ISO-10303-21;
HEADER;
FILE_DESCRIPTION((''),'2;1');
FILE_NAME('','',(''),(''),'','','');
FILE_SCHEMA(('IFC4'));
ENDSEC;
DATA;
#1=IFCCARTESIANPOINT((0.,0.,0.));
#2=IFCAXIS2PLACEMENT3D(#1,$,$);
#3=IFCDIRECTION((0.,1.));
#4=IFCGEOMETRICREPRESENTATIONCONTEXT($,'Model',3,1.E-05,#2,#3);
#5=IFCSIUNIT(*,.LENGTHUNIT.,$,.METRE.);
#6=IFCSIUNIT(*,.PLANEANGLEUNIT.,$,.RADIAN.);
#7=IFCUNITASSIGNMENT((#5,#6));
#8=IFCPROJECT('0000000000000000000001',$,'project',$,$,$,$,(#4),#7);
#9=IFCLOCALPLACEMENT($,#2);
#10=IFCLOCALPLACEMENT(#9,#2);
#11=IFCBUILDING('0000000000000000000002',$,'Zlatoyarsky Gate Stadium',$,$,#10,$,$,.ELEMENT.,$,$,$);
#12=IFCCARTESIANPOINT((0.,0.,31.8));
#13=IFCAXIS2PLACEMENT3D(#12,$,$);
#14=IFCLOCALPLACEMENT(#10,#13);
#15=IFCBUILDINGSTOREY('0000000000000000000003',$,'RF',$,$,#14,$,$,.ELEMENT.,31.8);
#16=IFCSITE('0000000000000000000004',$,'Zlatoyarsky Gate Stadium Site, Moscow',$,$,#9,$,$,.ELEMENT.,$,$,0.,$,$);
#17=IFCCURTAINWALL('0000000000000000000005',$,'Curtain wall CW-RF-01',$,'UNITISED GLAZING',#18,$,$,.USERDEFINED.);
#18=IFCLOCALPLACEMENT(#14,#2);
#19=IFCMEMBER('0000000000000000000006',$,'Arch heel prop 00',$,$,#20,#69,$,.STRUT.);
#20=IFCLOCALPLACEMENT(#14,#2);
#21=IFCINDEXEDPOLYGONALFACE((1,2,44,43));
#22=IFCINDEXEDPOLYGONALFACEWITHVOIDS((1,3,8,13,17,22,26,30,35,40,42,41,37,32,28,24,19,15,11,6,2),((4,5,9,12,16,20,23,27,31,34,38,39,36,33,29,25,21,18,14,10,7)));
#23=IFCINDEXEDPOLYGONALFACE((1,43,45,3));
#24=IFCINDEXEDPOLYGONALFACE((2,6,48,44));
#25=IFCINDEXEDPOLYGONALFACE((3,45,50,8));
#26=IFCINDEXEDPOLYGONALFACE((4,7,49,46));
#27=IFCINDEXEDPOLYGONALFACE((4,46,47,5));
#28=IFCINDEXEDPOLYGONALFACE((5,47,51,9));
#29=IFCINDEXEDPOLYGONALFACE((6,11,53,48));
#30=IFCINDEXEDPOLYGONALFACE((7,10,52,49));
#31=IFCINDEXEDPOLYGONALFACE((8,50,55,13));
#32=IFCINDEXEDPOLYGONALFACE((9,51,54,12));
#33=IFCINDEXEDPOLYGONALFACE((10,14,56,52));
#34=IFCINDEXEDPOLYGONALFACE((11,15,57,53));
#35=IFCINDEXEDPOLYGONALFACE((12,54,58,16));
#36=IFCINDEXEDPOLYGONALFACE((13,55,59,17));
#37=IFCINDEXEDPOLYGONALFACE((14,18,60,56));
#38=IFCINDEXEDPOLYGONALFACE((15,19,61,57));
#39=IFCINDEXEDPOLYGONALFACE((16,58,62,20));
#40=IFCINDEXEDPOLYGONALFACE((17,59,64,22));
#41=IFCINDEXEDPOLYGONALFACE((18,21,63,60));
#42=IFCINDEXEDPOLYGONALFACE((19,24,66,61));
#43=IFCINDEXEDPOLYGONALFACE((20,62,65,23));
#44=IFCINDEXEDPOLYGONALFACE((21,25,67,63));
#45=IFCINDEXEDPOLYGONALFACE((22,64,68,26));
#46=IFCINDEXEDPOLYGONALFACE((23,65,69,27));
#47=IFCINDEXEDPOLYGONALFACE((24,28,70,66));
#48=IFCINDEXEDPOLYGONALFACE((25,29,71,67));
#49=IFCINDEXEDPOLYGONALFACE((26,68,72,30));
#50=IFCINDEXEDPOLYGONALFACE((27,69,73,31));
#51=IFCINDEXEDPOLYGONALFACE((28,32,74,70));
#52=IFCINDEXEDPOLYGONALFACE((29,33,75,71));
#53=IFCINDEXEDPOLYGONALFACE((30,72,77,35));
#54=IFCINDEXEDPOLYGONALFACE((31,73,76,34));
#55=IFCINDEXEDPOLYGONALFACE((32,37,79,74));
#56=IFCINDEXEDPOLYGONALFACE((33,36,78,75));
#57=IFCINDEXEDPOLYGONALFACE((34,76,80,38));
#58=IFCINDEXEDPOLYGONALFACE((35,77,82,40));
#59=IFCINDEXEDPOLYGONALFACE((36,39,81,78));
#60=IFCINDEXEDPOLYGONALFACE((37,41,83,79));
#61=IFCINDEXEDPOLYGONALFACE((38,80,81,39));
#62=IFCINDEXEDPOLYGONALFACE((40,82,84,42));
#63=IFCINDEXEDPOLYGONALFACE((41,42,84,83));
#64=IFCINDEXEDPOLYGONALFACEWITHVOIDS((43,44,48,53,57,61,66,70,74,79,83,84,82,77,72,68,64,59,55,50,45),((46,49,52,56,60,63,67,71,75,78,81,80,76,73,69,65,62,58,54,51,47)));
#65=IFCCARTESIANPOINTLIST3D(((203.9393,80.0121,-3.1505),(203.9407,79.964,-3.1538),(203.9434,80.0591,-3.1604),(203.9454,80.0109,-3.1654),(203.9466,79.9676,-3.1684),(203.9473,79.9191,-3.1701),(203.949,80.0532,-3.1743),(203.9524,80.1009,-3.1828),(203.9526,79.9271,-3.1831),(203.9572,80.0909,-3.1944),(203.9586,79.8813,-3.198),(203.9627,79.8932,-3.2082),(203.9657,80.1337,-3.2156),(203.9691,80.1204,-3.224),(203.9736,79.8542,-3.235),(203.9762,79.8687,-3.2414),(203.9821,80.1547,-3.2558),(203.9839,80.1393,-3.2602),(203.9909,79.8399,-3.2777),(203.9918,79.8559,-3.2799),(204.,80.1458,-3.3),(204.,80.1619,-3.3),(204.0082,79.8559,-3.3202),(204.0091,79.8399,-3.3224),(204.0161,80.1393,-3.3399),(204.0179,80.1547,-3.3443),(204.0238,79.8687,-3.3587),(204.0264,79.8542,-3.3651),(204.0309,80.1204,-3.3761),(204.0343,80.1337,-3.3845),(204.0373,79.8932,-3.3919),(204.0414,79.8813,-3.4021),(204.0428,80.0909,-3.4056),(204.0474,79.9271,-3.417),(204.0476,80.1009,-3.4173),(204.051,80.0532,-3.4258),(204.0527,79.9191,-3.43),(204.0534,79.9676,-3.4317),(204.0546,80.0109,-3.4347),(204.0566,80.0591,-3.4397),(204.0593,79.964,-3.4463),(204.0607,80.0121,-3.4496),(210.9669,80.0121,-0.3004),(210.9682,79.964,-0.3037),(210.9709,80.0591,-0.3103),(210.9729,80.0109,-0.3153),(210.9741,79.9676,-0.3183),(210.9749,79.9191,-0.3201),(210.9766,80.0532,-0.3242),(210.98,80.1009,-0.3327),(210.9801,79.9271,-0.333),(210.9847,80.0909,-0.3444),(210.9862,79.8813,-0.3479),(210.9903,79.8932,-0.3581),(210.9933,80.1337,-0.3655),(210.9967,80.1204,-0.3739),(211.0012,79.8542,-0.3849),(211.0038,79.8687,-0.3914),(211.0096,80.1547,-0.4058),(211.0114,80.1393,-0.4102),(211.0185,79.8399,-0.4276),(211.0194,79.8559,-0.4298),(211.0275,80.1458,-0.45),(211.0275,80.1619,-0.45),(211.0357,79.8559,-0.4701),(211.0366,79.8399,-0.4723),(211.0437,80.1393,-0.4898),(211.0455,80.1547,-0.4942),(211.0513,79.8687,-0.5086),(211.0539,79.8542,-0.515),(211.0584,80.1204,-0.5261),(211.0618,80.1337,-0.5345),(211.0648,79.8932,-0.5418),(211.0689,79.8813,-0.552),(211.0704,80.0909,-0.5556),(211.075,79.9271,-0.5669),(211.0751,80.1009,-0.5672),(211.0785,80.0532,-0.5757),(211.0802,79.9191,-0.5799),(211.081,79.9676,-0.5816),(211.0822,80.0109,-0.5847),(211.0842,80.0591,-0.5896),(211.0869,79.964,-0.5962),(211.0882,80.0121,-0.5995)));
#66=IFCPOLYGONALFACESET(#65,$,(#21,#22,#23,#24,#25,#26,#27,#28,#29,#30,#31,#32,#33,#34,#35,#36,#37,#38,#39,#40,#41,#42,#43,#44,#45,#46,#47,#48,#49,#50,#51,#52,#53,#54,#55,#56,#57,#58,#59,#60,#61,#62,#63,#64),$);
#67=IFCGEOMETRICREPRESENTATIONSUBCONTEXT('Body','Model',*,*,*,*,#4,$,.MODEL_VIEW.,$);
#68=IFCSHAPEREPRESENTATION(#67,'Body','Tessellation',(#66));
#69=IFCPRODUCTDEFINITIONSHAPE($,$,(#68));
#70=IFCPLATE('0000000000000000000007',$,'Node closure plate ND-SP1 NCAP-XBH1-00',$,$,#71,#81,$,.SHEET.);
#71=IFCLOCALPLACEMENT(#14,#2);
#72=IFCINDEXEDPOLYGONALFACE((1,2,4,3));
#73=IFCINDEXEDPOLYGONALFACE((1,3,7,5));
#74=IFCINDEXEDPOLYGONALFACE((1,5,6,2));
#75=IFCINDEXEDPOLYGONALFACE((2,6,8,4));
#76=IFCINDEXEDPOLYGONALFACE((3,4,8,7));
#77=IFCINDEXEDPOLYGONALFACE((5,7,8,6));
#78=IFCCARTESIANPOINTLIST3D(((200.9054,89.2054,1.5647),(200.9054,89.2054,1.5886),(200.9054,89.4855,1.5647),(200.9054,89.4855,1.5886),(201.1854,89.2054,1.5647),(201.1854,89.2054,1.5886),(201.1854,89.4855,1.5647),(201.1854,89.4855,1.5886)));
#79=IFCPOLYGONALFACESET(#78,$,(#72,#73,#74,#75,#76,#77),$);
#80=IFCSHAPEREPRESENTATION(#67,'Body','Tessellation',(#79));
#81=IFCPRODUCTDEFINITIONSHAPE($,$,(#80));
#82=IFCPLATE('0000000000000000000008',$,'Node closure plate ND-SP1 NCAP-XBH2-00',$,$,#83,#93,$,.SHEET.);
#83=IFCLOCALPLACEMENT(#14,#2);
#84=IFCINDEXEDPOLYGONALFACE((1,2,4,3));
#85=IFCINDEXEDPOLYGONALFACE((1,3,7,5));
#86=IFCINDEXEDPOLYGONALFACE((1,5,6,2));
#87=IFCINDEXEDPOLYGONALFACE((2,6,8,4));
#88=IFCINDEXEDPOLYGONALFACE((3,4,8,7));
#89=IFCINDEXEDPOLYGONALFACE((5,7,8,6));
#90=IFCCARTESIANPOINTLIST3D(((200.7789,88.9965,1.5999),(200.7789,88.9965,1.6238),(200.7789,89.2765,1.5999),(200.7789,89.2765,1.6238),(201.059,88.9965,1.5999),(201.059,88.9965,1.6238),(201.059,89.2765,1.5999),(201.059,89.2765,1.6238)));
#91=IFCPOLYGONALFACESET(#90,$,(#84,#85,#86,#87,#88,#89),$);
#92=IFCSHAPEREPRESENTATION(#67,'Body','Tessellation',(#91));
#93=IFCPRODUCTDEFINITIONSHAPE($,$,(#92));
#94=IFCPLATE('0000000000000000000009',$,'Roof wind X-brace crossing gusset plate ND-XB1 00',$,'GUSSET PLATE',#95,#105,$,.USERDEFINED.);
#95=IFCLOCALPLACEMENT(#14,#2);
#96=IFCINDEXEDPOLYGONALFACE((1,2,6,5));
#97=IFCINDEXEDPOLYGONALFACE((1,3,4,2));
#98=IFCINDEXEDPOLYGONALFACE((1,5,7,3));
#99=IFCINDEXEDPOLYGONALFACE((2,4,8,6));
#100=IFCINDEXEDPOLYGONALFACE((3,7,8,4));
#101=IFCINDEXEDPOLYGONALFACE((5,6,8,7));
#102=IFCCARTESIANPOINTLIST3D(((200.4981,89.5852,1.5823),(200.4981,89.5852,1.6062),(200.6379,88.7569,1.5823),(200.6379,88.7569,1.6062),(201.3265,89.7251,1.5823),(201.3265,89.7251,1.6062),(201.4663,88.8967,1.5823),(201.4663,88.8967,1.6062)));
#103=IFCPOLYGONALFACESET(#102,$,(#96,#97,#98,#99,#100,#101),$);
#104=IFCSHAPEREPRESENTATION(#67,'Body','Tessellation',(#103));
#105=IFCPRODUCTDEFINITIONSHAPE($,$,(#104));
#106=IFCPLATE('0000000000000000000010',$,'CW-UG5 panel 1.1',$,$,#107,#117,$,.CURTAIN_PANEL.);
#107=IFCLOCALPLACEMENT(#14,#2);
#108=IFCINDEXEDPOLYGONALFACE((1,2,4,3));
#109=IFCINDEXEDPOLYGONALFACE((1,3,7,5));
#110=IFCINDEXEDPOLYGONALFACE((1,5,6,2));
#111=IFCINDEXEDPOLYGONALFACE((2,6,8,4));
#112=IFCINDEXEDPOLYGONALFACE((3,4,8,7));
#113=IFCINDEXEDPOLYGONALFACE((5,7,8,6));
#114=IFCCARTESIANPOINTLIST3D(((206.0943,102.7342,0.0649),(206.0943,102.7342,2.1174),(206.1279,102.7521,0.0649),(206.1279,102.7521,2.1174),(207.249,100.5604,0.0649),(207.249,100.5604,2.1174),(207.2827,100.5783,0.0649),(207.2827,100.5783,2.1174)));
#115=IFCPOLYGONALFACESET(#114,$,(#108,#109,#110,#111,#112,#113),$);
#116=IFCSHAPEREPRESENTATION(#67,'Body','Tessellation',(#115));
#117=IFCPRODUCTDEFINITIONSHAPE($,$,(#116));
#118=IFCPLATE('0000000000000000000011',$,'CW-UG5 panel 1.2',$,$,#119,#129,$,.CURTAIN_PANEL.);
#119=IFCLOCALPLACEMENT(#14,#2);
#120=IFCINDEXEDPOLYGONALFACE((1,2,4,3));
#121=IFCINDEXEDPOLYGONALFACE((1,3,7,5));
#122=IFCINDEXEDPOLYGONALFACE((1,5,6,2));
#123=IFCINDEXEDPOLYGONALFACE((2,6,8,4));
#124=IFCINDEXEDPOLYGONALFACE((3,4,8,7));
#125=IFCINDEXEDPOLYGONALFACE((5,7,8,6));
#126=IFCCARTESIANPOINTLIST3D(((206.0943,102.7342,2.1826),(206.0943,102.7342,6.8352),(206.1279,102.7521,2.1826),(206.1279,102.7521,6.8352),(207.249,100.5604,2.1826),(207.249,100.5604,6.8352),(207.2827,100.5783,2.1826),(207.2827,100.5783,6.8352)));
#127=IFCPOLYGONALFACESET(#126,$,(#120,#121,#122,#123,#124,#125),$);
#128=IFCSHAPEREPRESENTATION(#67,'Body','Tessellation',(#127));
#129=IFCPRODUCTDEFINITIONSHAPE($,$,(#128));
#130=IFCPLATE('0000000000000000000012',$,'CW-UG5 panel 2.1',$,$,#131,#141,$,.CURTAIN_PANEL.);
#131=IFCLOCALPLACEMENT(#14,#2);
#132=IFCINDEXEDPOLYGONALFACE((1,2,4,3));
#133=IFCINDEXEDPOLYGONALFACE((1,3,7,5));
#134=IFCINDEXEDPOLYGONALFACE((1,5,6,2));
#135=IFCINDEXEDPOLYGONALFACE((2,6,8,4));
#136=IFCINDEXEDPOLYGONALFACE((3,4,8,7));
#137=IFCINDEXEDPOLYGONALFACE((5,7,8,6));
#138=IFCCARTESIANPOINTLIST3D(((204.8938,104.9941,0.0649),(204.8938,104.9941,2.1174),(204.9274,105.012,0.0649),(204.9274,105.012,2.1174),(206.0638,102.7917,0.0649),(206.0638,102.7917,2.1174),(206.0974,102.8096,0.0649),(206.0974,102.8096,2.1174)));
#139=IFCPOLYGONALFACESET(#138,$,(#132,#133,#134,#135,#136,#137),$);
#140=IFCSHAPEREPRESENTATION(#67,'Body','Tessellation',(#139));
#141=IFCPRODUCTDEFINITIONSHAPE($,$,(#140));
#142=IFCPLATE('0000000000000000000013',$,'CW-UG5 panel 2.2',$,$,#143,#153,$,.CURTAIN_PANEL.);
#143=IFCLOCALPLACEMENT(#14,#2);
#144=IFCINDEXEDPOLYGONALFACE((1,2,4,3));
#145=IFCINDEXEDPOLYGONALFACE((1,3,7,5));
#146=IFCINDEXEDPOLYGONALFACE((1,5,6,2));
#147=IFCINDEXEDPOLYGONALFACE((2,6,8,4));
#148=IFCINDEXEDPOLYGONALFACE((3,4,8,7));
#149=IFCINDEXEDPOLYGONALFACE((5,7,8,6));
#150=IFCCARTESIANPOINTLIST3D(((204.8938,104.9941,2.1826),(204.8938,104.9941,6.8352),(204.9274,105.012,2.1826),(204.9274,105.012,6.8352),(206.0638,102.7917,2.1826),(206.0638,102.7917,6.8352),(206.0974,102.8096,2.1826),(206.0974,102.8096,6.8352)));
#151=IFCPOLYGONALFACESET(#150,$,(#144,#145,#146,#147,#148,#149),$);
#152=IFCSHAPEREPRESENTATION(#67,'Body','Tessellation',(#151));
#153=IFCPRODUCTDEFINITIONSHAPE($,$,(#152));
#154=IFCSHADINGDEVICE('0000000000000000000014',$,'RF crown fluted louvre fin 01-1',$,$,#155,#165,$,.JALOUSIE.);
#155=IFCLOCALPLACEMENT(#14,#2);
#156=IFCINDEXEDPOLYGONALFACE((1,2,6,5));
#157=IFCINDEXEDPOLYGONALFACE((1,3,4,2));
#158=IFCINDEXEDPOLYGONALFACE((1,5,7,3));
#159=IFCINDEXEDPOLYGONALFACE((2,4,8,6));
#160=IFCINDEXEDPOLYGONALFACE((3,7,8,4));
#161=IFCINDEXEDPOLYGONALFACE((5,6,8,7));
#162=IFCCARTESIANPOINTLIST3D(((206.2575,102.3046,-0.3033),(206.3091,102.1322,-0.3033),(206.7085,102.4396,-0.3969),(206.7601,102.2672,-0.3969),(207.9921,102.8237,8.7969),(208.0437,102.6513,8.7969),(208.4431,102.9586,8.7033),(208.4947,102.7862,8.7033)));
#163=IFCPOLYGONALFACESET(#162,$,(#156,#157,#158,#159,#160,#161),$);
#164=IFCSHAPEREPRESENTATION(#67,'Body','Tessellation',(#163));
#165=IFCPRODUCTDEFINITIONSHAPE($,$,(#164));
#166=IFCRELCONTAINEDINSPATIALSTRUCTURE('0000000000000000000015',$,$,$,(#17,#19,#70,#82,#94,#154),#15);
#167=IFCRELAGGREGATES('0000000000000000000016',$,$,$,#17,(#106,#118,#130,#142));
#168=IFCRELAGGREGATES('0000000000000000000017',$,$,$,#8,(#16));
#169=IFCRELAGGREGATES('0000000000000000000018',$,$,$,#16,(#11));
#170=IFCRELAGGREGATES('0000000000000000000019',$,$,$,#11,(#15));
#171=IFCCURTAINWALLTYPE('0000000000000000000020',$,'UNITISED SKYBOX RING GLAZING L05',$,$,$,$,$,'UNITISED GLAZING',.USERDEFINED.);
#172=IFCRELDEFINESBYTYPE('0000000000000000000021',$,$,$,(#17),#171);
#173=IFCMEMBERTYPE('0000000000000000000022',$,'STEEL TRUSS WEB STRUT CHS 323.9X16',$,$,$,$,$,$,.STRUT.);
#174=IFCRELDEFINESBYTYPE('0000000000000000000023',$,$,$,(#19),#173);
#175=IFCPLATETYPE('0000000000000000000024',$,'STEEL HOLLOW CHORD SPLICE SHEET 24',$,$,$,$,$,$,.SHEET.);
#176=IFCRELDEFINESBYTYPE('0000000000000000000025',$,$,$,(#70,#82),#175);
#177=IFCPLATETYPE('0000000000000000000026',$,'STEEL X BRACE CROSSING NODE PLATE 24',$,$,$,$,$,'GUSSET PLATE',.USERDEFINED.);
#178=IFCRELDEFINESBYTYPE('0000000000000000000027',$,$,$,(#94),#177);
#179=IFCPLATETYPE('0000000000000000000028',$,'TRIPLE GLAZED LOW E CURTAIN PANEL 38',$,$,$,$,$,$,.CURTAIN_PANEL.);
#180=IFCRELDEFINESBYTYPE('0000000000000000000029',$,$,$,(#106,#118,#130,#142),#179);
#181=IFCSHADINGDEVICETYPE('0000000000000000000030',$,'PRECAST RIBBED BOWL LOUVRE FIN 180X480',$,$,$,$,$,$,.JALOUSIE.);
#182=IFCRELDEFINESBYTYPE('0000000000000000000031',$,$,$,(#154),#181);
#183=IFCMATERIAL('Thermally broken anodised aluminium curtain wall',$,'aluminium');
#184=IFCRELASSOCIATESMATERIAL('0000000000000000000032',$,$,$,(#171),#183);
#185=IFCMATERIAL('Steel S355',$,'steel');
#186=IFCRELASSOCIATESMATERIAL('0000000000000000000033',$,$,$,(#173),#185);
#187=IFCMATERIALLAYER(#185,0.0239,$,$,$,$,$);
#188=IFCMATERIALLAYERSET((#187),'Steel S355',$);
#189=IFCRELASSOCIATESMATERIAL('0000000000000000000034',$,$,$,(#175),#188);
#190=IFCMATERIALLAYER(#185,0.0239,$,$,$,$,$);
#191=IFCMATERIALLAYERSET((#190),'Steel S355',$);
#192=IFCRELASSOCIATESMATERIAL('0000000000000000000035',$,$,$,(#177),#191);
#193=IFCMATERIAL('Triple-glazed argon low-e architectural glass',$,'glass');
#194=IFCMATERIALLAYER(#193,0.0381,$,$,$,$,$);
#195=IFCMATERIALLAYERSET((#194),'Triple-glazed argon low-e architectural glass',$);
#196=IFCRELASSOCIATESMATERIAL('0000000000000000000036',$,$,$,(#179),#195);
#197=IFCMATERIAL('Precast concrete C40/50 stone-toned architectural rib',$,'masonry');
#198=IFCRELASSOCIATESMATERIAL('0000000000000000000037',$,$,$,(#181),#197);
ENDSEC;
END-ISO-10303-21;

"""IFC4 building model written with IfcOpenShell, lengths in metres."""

from ifc_helpers import new_model, si_unit, direction, frame, origin, origin_2d, place, context, subcontext, project, spatial, rectangle, hollow_circle, extrude, material, layer, layer_set, material_profile, profile_set, type_object, element, aggregate, save


model = new_model("IFC4")

# Units and contexts
model_context = context("Model", 3, precision=1e-05, world=origin(), true_north=direction((0.0, 1.0)))
body_context = subcontext(model_context, "Body", "Model", "MODEL_VIEW")
ifc_project = project(units=[si_unit("LENGTHUNIT", "METRE"), si_unit("PLANEANGLEUNIT", "RADIAN")], contexts=[model_context])

# Site, building, storey
site_placement = place(None, origin())
site = spatial("IfcSite", under=ifc_project, at=site_placement, Name="Zlatoyarsky Gate Stadium Site, Moscow", CompositionType="ELEMENT", RefElevation=0.0)
building_placement = place(site_placement, origin())
building = spatial("IfcBuilding", under=site, at=building_placement, Name="Zlatoyarsky Gate Stadium", CompositionType="ELEMENT")
storey_placement = place(building_placement, frame((0.0, 0.0, 31.8)))
storey = spatial("IfcBuildingStorey", under=building, at=storey_placement, Name="RF", CompositionType="ELEMENT", Elevation=31.8)

# Shared definitions
ifc_material_1 = material(Name="Thermally broken anodised aluminium curtain wall", Category="aluminium")

# Curtain wall
curtain_wall_type_1 = type_object("IfcCurtainWallType", Name="UNITISED SKYBOX RING GLAZING L05", ElementType="UNITISED GLAZING", PredefinedType="USERDEFINED", material=ifc_material_1)
curtain_wall_1_placement = place(storey_placement, origin())
curtain_wall_1 = element("IfcCurtainWall", 1, at=curtain_wall_1_placement, inside=storey, type_object=curtain_wall_type_1, Name="Curtain wall CW-RF-01", ObjectType="UNITISED GLAZING", PredefinedType="USERDEFINED")

# Shared definitions
ifc_material_2 = material(Name="Steel S355", Category="steel")

# Member
ifc_material_profile_1 = material_profile(ifc_material_2, hollow_circle(Radius=0.1619, WallThickness=0.0161, at=origin_2d()), Name="CHS 323.9X16")
ifc_profile_set_1 = profile_set([ifc_material_profile_1], Name="Steel S355")
member_type_1 = type_object("IfcMemberType", Name="STEEL TRUSS WEB STRUT CHS 323.9X16", PredefinedType="STRUT", material=ifc_profile_set_1)
member_1_placement = place(storey_placement, frame((204.0, 80.0, -3.3), z_axis=(0.92669, 0.0, 0.375827), x_axis=(0.0, 1.0, 0.0)))
element("IfcMember", 2, at=member_1_placement, inside=storey, type_object=member_type_1, Name="Arch heel prop 00", PredefinedType="STRUT", context=body_context, shape_type="SweptSolid", body=[
    extrude(hollow_circle(Radius=0.1619, WallThickness=0.0161, at=origin_2d()), origin(), (0.0, 0.0, 1.0), 7.5835),
])

# Plates
ifc_layer_1 = layer(ifc_material_2, 0.0239)
ifc_layer_set_1 = layer_set([ifc_layer_1], Name="Steel S355")
plate_type_1 = type_object("IfcPlateType", Name="STEEL HOLLOW CHORD SPLICE SHEET 24", PredefinedType="SHEET", material=ifc_layer_set_1)
for number, where, z_axis, x_axis, name in (
    (3, (201.0454, 89.3455, 1.5647), (0.0, 0.0, 1.0), (1.0, 0.0, 0.0), "Node closure plate ND-SP1 NCAP-XBH1-00"),
    (4, (200.9189, 89.1365, 1.5999), (0.0, 0.0, 1.0), (1.0, 0.0, 0.0), "Node closure plate ND-SP1 NCAP-XBH2-00"),
):
    element("IfcPlate", number, at=place(storey_placement, frame(where, z_axis=z_axis, x_axis=x_axis)), inside=storey, type_object=plate_type_1, Name=name, PredefinedType="SHEET", context=body_context, shape_type="SweptSolid", body=[
        extrude(rectangle(XDim=0.28, YDim=0.28, at=origin_2d()), origin(), (0.0, 0.0, 1.0), 0.0239),
    ])
ifc_layer_2 = layer(ifc_material_2, 0.0239)
ifc_layer_set_2 = layer_set([ifc_layer_2], Name="Steel S355")
plate_type_2 = type_object("IfcPlateType", Name="STEEL X BRACE CROSSING NODE PLATE 24", ElementType="GUSSET PLATE", PredefinedType="USERDEFINED", material=ifc_layer_set_2)
plate_1_placement = place(storey_placement, frame((200.9822, 89.241, 1.5823), z_axis=(0.0, 0.0, 1.0), x_axis=(-0.166425, 0.986054, 0.0)))
element("IfcPlate", 5, at=plate_1_placement, inside=storey, type_object=plate_type_2, Name="Roof wind X-brace crossing gusset plate ND-XB1 00", ObjectType="GUSSET PLATE", PredefinedType="USERDEFINED", context=body_context, shape_type="SweptSolid", body=[
    extrude(rectangle(XDim=0.8401, YDim=0.8401, at=origin_2d()), origin(), (0.0, 0.0, 1.0), 0.0239),
])

# Plates
ifc_material_3 = material(Name="Triple-glazed argon low-e architectural glass", Category="glass")
ifc_layer_3 = layer(ifc_material_3, 0.0381)
ifc_layer_set_3 = layer_set([ifc_layer_3], Name="Triple-glazed argon low-e architectural glass")
plate_type_3 = type_object("IfcPlateType", Name="TRIPLE GLAZED LOW E CURTAIN PANEL 38", PredefinedType="CURTAIN_PANEL", material=ifc_layer_set_3)
plate_2_placement = place(storey_placement, frame((206.6885, 101.6562, 0.0649), z_axis=(0.0, 0.0, 1.0), x_axis=(-0.469127, 0.883131, 0.0)))
plate_2 = element("IfcPlate", 6, at=plate_2_placement, type_object=plate_type_3, Name="CW-UG5 panel 1.1", PredefinedType="CURTAIN_PANEL", context=body_context, shape_type="SweptSolid", body=[
    extrude(rectangle(XDim=2.4614, YDim=0.0381, at=origin_2d()), origin(), (0.0, 0.0, 1.0), 2.0525),
])
plate_3_placement = place(storey_placement, frame((206.6885, 101.6562, 2.1826), z_axis=(0.0, 0.0, 1.0), x_axis=(-0.469127, 0.883131, 0.0)))
plate_3 = element("IfcPlate", 7, at=plate_3_placement, type_object=plate_type_3, Name="CW-UG5 panel 1.2", PredefinedType="CURTAIN_PANEL", context=body_context, shape_type="SweptSolid", body=[
    extrude(rectangle(XDim=2.4614, YDim=0.0381, at=origin_2d()), origin(), (0.0, 0.0, 1.0), 4.6526),
])
plate_4_placement = place(storey_placement, frame((205.4956, 103.9019, 0.0649), z_axis=(0.0, 0.0, 1.0), x_axis=(-0.469127, 0.883131, 0.0)))
plate_4 = element("IfcPlate", 8, at=plate_4_placement, type_object=plate_type_3, Name="CW-UG5 panel 2.1", PredefinedType="CURTAIN_PANEL", context=body_context, shape_type="SweptSolid", body=[
    extrude(rectangle(XDim=2.4939, YDim=0.0381, at=origin_2d()), origin(), (0.0, 0.0, 1.0), 2.0525),
])
plate_5_placement = place(storey_placement, frame((205.4956, 103.9019, 2.1826), z_axis=(0.0, 0.0, 1.0), x_axis=(-0.469127, 0.883131, 0.0)))
plate_5 = element("IfcPlate", 9, at=plate_5_placement, type_object=plate_type_3, Name="CW-UG5 panel 2.2", PredefinedType="CURTAIN_PANEL", context=body_context, shape_type="SweptSolid", body=[
    extrude(rectangle(XDim=2.4939, YDim=0.0381, at=origin_2d()), origin(), (0.0, 0.0, 1.0), 4.6526),
])
aggregate(curtain_wall_1, [plate_2, plate_3, plate_4, plate_5])

# Shading device
ifc_material_4 = material(Name="Precast concrete C40/50 stone-toned architectural rib", Category="masonry")
ifc_material_profile_2 = material_profile(ifc_material_4, rectangle(XDim=0.1799, YDim=0.48, at=origin_2d()), Name="RIB 180X480")
ifc_profile_set_2 = profile_set([ifc_material_profile_2], Name="Precast concrete C40/50 stone-toned architectural rib")
shading_device_type = type_object("IfcShadingDeviceType", Name="PRECAST RIBBED BOWL LOUVRE FIN 180X480", PredefinedType="JALOUSIE", material=ifc_profile_set_2)
shading_device_placement = place(storey_placement, frame((206.5088, 102.2859, -0.3501), z_axis=(0.186951, 0.055941, 0.980775), x_axis=(-0.286667, 0.95803, 0.0)))
element("IfcShadingDevice", 10, at=shading_device_placement, inside=storey, type_object=shading_device_type, Name="RF crown fluted louvre fin 01-1", PredefinedType="JALOUSIE", context=body_context, shape_type="SweptSolid", body=[
    extrude(rectangle(XDim=0.1799, YDim=0.48, at=origin_2d()), origin(), (0.0, 0.0, 1.0), 9.2786),
])

save(model, "model.ifc")
